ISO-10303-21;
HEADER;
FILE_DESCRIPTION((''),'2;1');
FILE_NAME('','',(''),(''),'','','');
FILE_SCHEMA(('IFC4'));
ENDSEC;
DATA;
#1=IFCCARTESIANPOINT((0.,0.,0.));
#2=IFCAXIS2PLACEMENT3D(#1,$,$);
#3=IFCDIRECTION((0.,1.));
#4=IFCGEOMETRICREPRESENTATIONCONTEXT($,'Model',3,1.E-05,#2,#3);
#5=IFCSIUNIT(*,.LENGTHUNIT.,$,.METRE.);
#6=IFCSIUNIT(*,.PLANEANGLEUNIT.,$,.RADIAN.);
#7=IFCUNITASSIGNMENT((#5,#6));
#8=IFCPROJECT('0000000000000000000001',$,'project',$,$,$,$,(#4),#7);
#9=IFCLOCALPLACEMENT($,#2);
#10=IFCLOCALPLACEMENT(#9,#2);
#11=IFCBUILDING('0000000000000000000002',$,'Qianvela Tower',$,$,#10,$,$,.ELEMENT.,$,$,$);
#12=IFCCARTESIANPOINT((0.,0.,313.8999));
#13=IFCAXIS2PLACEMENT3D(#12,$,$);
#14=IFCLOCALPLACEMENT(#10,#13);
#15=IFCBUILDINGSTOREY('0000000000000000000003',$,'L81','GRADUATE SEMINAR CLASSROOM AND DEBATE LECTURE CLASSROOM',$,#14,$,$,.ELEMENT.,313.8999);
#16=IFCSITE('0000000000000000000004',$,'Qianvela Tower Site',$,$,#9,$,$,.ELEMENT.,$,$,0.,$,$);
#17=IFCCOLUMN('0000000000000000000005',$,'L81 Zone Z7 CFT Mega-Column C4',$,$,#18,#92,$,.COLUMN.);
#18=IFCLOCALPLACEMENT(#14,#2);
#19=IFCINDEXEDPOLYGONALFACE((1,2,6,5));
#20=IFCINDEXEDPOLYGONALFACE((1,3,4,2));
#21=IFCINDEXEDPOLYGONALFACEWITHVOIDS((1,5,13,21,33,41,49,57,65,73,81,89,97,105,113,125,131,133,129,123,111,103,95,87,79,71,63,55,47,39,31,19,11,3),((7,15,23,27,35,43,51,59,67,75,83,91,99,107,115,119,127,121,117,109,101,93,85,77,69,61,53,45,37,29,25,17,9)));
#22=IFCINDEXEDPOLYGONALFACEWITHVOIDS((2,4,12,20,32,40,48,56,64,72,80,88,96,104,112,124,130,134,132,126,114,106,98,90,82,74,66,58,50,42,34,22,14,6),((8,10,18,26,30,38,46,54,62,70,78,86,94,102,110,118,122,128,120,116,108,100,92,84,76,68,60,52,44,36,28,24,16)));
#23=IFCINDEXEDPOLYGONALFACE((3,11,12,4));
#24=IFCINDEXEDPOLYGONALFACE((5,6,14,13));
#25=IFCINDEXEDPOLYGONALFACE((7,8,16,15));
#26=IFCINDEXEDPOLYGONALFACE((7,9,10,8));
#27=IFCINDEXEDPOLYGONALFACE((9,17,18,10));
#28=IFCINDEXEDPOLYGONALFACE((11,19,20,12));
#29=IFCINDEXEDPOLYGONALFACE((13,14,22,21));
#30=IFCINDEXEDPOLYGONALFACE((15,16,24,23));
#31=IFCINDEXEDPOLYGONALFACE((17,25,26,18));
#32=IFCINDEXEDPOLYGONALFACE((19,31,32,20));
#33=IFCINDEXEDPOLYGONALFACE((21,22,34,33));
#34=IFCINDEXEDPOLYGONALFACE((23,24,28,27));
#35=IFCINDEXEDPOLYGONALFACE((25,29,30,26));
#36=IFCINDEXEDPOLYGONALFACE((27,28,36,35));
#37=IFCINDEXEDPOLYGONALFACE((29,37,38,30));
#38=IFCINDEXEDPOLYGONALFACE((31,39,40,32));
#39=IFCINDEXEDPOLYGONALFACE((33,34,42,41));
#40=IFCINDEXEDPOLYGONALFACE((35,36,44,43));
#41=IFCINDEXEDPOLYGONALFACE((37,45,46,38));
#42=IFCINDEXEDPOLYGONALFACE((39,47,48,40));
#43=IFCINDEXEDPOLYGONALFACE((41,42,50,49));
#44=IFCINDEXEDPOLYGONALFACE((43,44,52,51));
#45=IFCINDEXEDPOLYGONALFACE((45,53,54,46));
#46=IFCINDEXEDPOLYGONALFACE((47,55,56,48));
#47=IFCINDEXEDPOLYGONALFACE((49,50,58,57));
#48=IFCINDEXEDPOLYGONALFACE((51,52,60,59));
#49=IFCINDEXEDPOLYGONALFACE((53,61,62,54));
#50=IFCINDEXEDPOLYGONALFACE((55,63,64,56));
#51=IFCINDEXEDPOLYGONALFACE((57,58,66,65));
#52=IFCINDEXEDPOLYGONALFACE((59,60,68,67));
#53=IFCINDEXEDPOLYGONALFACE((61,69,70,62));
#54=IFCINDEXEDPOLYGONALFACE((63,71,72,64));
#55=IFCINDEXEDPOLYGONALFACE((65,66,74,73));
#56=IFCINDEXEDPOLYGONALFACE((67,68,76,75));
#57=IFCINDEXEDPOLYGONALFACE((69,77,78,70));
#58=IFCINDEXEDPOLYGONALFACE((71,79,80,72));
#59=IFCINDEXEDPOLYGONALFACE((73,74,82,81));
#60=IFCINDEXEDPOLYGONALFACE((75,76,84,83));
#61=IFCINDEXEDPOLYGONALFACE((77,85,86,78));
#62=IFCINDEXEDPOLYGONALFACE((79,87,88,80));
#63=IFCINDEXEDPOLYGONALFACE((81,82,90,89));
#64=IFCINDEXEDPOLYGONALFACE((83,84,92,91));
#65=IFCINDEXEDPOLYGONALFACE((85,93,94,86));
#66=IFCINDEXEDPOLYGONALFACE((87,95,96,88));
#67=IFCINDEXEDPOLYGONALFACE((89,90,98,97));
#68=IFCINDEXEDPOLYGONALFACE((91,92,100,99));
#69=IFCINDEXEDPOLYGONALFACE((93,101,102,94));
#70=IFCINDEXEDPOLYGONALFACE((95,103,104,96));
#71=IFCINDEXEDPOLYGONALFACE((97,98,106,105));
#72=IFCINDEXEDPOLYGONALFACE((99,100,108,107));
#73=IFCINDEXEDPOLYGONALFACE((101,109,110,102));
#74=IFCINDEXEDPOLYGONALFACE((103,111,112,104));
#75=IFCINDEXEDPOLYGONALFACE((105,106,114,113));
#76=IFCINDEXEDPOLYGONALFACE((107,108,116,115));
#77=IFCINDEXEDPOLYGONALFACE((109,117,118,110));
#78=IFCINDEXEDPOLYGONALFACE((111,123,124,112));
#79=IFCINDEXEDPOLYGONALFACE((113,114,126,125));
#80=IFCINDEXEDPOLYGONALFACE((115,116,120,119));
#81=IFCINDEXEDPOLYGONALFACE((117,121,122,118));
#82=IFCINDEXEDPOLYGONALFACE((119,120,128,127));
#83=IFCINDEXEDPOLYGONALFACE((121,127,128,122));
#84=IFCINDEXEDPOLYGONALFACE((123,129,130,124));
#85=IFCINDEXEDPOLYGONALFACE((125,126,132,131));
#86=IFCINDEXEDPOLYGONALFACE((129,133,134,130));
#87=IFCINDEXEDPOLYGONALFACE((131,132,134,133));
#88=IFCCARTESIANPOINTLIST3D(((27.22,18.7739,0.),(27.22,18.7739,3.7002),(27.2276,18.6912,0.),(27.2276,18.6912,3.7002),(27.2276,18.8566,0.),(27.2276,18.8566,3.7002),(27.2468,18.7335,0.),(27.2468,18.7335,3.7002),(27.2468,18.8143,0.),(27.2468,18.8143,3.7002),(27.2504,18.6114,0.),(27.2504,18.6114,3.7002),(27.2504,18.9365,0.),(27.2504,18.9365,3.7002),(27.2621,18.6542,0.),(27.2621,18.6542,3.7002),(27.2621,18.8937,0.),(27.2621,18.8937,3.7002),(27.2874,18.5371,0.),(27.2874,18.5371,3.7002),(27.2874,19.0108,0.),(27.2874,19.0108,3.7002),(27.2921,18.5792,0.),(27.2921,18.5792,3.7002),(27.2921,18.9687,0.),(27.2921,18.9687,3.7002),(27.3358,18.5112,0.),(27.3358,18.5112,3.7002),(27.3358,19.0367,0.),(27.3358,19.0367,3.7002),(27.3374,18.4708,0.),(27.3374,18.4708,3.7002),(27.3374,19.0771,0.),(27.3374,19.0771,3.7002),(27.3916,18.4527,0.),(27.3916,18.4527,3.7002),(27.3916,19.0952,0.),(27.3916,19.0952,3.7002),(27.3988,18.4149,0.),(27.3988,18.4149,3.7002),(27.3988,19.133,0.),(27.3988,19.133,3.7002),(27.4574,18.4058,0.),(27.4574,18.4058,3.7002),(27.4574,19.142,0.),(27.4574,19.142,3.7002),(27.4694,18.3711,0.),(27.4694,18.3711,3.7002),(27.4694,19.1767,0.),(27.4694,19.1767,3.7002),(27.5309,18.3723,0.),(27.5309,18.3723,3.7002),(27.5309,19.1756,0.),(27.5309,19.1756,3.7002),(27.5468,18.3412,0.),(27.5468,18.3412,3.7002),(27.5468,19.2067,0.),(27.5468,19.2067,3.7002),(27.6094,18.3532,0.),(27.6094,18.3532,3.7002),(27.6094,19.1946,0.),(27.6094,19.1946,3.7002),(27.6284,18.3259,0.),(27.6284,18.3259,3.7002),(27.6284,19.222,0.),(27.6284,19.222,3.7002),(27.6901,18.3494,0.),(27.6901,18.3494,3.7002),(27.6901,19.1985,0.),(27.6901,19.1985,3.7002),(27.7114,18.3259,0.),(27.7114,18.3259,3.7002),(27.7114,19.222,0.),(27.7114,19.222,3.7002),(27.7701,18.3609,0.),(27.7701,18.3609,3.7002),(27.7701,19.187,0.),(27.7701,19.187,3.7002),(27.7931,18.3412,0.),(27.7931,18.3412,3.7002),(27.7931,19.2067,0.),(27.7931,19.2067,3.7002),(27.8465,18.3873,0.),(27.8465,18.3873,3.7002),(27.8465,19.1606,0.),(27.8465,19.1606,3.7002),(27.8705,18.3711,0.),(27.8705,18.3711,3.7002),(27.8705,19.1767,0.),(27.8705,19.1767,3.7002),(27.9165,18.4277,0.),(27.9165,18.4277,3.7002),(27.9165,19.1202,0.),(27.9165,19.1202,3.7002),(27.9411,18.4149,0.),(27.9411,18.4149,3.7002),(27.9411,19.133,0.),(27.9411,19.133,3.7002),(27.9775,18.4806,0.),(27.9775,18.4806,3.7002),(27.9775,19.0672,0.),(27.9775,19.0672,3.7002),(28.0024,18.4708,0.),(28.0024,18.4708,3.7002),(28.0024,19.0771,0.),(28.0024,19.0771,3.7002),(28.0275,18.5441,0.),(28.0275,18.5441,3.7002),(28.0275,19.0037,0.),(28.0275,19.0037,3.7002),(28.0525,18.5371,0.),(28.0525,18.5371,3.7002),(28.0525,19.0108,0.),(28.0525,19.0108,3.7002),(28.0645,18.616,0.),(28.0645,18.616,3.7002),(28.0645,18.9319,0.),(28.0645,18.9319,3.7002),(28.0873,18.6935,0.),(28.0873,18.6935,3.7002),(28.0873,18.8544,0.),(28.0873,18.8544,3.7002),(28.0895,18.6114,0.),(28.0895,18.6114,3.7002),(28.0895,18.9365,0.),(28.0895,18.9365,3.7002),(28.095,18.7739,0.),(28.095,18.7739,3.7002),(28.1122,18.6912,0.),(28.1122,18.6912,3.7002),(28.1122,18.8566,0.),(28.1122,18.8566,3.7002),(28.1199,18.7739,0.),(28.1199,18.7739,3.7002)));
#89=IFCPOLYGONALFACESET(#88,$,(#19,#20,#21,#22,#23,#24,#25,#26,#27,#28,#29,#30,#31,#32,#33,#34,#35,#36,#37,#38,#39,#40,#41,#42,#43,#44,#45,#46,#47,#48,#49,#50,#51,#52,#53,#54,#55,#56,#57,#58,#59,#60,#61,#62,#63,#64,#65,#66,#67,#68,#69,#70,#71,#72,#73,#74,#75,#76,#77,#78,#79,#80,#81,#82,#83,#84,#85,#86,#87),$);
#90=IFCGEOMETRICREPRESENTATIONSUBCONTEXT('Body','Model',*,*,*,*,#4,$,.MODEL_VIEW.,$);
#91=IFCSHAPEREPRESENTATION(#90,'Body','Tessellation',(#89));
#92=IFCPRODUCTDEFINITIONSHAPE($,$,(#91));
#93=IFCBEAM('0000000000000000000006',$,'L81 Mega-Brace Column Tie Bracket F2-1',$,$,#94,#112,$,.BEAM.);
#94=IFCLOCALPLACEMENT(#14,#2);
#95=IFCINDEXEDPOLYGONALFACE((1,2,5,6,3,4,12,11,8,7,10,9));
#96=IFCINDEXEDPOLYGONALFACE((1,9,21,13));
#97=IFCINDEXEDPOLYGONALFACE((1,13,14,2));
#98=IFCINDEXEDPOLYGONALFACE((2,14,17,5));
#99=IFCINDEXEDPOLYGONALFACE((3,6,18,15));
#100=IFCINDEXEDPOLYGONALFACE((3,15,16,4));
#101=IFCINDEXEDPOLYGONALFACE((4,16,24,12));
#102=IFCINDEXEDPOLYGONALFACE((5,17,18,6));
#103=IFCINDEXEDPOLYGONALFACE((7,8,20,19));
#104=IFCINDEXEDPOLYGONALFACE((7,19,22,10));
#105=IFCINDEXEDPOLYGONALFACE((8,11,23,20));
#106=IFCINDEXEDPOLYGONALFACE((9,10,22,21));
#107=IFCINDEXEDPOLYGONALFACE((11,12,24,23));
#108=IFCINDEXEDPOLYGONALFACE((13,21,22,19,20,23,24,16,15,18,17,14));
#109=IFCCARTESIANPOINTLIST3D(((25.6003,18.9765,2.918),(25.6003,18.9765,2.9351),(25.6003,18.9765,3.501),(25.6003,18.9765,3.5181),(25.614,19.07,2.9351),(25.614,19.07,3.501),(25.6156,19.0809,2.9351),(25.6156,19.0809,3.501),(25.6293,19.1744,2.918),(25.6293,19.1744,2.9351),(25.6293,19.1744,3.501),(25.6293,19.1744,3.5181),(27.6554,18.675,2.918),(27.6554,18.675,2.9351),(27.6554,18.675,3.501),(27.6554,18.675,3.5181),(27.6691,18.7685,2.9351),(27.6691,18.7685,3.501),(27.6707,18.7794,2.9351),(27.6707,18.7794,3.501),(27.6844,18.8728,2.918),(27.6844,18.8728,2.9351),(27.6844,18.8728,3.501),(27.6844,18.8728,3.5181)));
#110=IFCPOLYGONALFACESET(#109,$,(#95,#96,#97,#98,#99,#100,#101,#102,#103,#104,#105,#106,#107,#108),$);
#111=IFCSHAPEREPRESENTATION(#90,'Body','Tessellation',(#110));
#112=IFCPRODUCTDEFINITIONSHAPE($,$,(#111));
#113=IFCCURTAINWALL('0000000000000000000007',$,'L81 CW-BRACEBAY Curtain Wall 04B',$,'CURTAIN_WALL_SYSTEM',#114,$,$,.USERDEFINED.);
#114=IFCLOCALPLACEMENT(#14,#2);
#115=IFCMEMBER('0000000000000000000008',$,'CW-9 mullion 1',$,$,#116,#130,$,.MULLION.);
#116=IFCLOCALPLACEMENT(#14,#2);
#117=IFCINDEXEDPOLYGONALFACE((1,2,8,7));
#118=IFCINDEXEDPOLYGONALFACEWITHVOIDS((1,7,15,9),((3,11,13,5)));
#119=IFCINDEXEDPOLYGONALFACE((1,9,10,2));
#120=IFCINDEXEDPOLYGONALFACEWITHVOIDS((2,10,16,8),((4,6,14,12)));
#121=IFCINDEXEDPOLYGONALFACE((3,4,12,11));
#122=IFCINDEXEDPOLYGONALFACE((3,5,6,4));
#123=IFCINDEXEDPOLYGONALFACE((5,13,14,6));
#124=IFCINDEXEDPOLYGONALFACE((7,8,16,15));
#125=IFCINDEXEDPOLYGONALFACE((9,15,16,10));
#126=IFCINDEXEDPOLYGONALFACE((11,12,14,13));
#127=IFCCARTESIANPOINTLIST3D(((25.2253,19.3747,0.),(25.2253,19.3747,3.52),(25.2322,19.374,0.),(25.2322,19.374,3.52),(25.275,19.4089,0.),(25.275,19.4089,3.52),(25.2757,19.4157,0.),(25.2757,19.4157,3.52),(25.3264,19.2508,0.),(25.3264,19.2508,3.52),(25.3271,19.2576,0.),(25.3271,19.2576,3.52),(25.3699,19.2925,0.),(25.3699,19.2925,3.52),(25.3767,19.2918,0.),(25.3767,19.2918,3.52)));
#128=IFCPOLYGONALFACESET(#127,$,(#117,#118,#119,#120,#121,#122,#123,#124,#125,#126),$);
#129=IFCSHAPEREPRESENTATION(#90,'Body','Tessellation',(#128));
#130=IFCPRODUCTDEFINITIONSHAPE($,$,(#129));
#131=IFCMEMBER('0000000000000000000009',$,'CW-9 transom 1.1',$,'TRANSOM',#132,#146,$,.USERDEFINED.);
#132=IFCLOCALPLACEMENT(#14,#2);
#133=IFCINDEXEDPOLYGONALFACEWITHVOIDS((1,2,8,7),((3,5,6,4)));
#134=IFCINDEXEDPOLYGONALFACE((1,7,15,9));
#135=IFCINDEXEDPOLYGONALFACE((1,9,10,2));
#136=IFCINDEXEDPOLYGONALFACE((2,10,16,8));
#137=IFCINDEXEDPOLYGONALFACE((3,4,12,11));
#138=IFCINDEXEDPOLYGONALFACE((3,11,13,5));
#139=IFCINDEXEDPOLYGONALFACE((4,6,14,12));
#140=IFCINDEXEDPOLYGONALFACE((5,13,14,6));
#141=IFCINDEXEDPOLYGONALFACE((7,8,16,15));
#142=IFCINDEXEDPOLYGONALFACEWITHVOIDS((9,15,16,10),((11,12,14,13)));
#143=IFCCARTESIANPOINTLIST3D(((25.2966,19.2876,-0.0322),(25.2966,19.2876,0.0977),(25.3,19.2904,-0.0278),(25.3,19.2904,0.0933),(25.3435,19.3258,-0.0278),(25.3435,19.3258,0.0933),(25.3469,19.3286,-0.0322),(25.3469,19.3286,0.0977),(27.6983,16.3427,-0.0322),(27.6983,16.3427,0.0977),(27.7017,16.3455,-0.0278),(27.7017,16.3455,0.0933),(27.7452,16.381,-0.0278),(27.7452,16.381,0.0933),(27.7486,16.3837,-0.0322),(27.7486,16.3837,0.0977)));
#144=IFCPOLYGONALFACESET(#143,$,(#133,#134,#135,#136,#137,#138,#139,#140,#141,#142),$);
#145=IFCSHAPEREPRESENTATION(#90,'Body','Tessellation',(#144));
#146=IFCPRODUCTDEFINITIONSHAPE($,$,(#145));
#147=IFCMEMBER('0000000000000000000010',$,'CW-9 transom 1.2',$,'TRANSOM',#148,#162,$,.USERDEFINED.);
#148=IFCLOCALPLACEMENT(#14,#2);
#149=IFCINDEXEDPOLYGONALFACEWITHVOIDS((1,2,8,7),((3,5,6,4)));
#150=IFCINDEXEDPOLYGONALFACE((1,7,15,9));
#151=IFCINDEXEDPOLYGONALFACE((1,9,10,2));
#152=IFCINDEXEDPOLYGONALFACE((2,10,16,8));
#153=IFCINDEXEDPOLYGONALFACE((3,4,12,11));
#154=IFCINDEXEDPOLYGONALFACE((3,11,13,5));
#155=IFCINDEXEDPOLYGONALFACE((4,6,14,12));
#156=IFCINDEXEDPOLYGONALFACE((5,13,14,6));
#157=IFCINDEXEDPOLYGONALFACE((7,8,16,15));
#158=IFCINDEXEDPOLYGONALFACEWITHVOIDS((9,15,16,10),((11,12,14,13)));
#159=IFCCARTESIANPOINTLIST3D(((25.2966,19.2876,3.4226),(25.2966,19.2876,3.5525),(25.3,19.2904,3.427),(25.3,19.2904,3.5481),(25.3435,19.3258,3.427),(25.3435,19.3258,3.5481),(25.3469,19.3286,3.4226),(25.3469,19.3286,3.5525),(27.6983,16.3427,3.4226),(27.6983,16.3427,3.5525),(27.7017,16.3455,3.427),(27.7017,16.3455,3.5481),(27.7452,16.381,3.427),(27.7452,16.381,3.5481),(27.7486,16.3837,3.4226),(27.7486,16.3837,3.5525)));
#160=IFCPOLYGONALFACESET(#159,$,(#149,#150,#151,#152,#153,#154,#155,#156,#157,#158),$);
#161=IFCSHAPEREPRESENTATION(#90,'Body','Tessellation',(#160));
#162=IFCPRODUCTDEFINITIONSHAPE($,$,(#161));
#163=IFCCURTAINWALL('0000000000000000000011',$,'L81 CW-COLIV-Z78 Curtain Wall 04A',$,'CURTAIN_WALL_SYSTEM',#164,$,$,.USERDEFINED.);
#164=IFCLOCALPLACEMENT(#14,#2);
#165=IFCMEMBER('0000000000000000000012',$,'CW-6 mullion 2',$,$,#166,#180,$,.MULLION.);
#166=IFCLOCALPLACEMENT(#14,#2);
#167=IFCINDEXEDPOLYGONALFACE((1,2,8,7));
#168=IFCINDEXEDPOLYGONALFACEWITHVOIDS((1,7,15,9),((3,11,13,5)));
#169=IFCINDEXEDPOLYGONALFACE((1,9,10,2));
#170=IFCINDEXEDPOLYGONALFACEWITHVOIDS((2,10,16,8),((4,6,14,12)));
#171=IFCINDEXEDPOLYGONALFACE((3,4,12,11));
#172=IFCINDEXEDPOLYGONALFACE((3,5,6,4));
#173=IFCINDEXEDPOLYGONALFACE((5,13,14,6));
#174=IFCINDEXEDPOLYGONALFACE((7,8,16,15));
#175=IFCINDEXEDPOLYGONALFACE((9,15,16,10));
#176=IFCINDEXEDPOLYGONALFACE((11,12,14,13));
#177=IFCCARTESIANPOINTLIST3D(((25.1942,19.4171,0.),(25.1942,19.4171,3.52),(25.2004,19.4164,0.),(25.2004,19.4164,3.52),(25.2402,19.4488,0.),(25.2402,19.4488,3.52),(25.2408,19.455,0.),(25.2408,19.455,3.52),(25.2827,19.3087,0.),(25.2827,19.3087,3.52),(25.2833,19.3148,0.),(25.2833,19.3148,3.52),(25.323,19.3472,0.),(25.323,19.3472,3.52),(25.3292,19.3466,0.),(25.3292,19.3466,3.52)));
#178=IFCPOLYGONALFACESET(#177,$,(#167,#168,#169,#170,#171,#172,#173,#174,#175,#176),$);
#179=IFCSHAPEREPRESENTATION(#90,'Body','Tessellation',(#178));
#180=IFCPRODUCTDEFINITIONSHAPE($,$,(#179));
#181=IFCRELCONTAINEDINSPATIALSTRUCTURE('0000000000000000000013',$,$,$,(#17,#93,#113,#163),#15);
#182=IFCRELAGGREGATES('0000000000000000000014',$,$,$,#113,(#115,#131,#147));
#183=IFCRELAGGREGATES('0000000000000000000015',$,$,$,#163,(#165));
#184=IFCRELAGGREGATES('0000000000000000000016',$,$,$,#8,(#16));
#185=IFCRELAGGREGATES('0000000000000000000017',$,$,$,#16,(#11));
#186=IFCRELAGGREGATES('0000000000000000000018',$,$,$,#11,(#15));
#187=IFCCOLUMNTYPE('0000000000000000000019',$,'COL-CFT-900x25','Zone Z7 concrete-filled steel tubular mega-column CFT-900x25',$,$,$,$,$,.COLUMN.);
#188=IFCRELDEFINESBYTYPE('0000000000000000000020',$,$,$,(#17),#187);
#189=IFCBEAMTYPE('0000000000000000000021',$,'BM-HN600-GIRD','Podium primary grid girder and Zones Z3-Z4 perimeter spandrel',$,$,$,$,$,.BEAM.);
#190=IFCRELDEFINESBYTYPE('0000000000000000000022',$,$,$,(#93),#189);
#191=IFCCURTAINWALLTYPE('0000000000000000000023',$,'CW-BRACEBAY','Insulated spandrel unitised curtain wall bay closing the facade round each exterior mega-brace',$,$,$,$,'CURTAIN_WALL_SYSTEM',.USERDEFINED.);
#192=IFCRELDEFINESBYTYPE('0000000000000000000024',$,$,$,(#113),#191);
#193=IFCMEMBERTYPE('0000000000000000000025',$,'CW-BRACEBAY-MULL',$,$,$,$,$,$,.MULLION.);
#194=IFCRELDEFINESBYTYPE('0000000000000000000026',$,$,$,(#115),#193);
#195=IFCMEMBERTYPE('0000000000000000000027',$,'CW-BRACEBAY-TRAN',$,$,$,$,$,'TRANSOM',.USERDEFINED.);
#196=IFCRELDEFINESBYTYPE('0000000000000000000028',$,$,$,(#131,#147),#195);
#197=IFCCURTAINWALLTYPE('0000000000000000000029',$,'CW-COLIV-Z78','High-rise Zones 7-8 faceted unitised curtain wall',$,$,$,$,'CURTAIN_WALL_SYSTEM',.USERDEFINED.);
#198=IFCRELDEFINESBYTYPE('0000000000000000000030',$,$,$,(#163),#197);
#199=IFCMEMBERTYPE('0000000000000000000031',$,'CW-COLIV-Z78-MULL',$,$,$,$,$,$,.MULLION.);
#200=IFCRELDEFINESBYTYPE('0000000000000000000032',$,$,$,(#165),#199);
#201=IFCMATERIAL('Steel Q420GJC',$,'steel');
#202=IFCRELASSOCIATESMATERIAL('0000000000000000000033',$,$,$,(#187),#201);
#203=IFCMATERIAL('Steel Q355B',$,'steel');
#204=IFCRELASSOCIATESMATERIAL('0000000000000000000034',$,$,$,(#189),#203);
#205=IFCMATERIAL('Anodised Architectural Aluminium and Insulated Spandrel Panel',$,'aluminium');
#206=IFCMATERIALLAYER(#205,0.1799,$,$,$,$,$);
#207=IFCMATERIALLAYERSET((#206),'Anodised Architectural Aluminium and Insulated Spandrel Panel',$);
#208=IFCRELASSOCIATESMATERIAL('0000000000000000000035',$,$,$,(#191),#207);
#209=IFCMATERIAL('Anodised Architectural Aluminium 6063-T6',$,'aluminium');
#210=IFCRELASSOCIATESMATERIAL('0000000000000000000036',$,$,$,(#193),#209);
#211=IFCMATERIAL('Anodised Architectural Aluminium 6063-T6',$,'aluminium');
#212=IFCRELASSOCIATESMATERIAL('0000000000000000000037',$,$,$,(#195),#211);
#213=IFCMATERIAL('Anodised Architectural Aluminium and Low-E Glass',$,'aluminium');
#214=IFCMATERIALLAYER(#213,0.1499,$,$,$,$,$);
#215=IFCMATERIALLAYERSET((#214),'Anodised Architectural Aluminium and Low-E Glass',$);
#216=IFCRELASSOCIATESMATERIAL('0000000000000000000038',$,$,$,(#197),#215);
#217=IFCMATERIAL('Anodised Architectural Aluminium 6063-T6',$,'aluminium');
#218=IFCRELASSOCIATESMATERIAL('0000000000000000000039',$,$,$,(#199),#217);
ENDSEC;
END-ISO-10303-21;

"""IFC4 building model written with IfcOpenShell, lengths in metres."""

from ifc_helpers import new_model, si_unit, direction, frame, origin, origin_2d, place, context, subcontext, project, spatial, hollow_rectangle, hollow_circle, i_section, extrude, material, layer, layer_set, material_profile, profile_set, type_object, element, aggregate, save


model = new_model("IFC4")

# Units and contexts
model_context = context("Model", 3, precision=1e-05, world=origin(), true_north=direction((0.0, 1.0)))
body_context = subcontext(model_context, "Body", "Model", "MODEL_VIEW")
ifc_project = project(units=[si_unit("LENGTHUNIT", "METRE"), si_unit("PLANEANGLEUNIT", "RADIAN")], contexts=[model_context])

# Site, building, storey
site_placement = place(None, origin())
site = spatial("IfcSite", under=ifc_project, at=site_placement, Name="Qianvela Tower Site", CompositionType="ELEMENT", RefElevation=0.0)
building_placement = place(site_placement, origin())
building = spatial("IfcBuilding", under=site, at=building_placement, Name="Qianvela Tower", CompositionType="ELEMENT")
storey_placement = place(building_placement, frame((0.0, 0.0, 313.8999)))
storey = spatial("IfcBuildingStorey", under=building, at=storey_placement, Name="L81", Description="GRADUATE SEMINAR CLASSROOM AND DEBATE LECTURE CLASSROOM", CompositionType="ELEMENT", Elevation=313.8999)

# Column
ifc_material_1 = material(Name="Steel Q420GJC", Category="steel")
ifc_material_profile_1 = material_profile(ifc_material_1, hollow_circle(Radius=0.45, WallThickness=0.0249, at=origin_2d()), Name="CFT-900x25")
ifc_profile_set_1 = profile_set([ifc_material_profile_1], Name="Steel Q420GJC")
column_type = type_object("IfcColumnType", Name="COL-CFT-900x25", Description="Zone Z7 concrete-filled steel tubular mega-column CFT-900x25", PredefinedType="COLUMN", material=ifc_profile_set_1)
column_placement = place(storey_placement, frame((27.6699, 18.7739, 0.0), z_axis=(0.0, 0.0, 1.0), x_axis=(1.0, 0.0, 0.0)))
element("IfcColumn", 1, at=column_placement, inside=storey, type_object=column_type, Name="L81 Zone Z7 CFT Mega-Column C4", PredefinedType="COLUMN", context=body_context, shape_type="SweptSolid", body=[
    extrude(hollow_circle(Radius=0.45, WallThickness=0.0249, at=origin_2d()), origin(), (0.0, 0.0, 1.0), 3.7002),
])

# Beam
ifc_material_2 = material(Name="Steel Q355B", Category="steel")
ifc_material_profile_2 = material_profile(ifc_material_2, i_section(OverallWidth=0.2, OverallDepth=0.6001, WebThickness=0.011, FlangeThickness=0.0171, at=origin_2d()), Name="HN600x200x11x17")
ifc_profile_set_2 = profile_set([ifc_material_profile_2], Name="Steel Q355B")
beam_type = type_object("IfcBeamType", Name="BM-HN600-GIRD", Description="Podium primary grid girder and Zones Z3-Z4 perimeter spandrel", PredefinedType="BEAM", material=ifc_profile_set_2)
beam_placement = place(storey_placement, frame((27.6699, 18.7739, 3.218), z_axis=(-0.989409, 0.145156, 0.0), x_axis=(-0.145156, -0.989409, 0.0)))
element("IfcBeam", 2, at=beam_placement, inside=storey, type_object=beam_type, Name="L81 Mega-Brace Column Tie Bracket F2-1", PredefinedType="BEAM", context=body_context, shape_type="SweptSolid", body=[
    extrude(i_section(OverallWidth=0.2, OverallDepth=0.6001, WebThickness=0.011, FlangeThickness=0.0171, at=origin_2d()), origin(), (0.0, 0.0, 1.0), 2.0771),
])

# Curtain wall, members
ifc_material_3 = material(Name="Anodised Architectural Aluminium and Insulated Spandrel Panel", Category="aluminium")
ifc_layer_1 = layer(ifc_material_3, 0.1799)
ifc_layer_set_1 = layer_set([ifc_layer_1], Name="Anodised Architectural Aluminium and Insulated Spandrel Panel")
curtain_wall_type_1 = type_object("IfcCurtainWallType", Name="CW-BRACEBAY", Description="Insulated spandrel unitised curtain wall bay closing the facade round each exterior mega-brace", ElementType="CURTAIN_WALL_SYSTEM", PredefinedType="USERDEFINED", material=ifc_layer_set_1)
curtain_wall_1_placement = place(storey_placement, origin())
curtain_wall_1 = element("IfcCurtainWall", 3, at=curtain_wall_1_placement, inside=storey, type_object=curtain_wall_type_1, Name="L81 CW-BRACEBAY Curtain Wall 04B", ObjectType="CURTAIN_WALL_SYSTEM", PredefinedType="USERDEFINED")
ifc_material_4 = material(Name="Anodised Architectural Aluminium 6063-T6", Category="aluminium")
ifc_material_profile_3 = material_profile(ifc_material_4, hollow_rectangle(XDim=0.0649, YDim=0.1599, WallThickness=0.0049, at=origin_2d()), Name="ALU-MULL-65x160")
ifc_profile_set_3 = profile_set([ifc_material_profile_3], Name="Anodised Architectural Aluminium 6063-T6")
member_type_1 = type_object("IfcMemberType", Name="CW-BRACEBAY-MULL", PredefinedType="MULLION", material=ifc_profile_set_3)
member_1_placement = place(storey_placement, frame((25.301, 19.3333, 0.0), z_axis=(0.0, 0.0, 1.0), x_axis=(0.774961, 0.632009, 0.0)))
member_1 = element("IfcMember", 4, at=member_1_placement, type_object=member_type_1, Name="CW-9 mullion 1", PredefinedType="MULLION", context=body_context, shape_type="SweptSolid", body=[
    extrude(hollow_rectangle(XDim=0.0649, YDim=0.1599, WallThickness=0.0049, at=origin_2d()), origin(), (0.0, 0.0, 1.0), 3.52),
])
ifc_material_5 = material(Name="Anodised Architectural Aluminium 6063-T6", Category="aluminium")
ifc_material_profile_4 = material_profile(ifc_material_5, hollow_rectangle(XDim=0.0649, YDim=0.1299, WallThickness=0.0044, at=origin_2d()), Name="ALU-TRAN-65x130")
ifc_profile_set_4 = profile_set([ifc_material_profile_4], Name="Anodised Architectural Aluminium 6063-T6")
member_type_2 = type_object("IfcMemberType", Name="CW-BRACEBAY-TRAN", ElementType="TRANSOM", PredefinedType="USERDEFINED", material=ifc_profile_set_4)
member_2_placement = place(storey_placement, frame((25.3218, 19.3081, 0.0327), z_axis=(0.632009, -0.774961, 0.0), x_axis=(0.774961, 0.632009, 0.0)))
member_2 = element("IfcMember", 5, at=member_2_placement, type_object=member_type_2, Name="CW-9 transom 1.1", ObjectType="TRANSOM", PredefinedType="USERDEFINED", context=body_context, shape_type="SweptSolid", body=[
    extrude(hollow_rectangle(XDim=0.0649, YDim=0.1299, WallThickness=0.0044, at=origin_2d()), origin(), (0.0, 0.0, 1.0), 3.8),
])
member_3_placement = place(storey_placement, frame((25.3218, 19.3081, 3.4875), z_axis=(0.632009, -0.774961, 0.0), x_axis=(0.774961, 0.632009, 0.0)))
member_3 = element("IfcMember", 6, at=member_3_placement, type_object=member_type_2, Name="CW-9 transom 1.2", ObjectType="TRANSOM", PredefinedType="USERDEFINED", context=body_context, shape_type="SweptSolid", body=[
    extrude(hollow_rectangle(XDim=0.0649, YDim=0.1299, WallThickness=0.0044, at=origin_2d()), origin(), (0.0, 0.0, 1.0), 3.8),
])

# Curtain wall, member
ifc_material_6 = material(Name="Anodised Architectural Aluminium and Low-E Glass", Category="aluminium")
ifc_layer_2 = layer(ifc_material_6, 0.1499)
ifc_layer_set_2 = layer_set([ifc_layer_2], Name="Anodised Architectural Aluminium and Low-E Glass")
curtain_wall_type_2 = type_object("IfcCurtainWallType", Name="CW-COLIV-Z78", Description="High-rise Zones 7-8 faceted unitised curtain wall", ElementType="CURTAIN_WALL_SYSTEM", PredefinedType="USERDEFINED", material=ifc_layer_set_2)
curtain_wall_2_placement = place(storey_placement, origin())
curtain_wall_2 = element("IfcCurtainWall", 7, at=curtain_wall_2_placement, inside=storey, type_object=curtain_wall_type_2, Name="L81 CW-COLIV-Z78 Curtain Wall 04A", ObjectType="CURTAIN_WALL_SYSTEM", PredefinedType="USERDEFINED")
ifc_material_7 = material(Name="Anodised Architectural Aluminium 6063-T6", Category="aluminium")
ifc_material_profile_5 = material_profile(ifc_material_7, hollow_rectangle(XDim=0.0601, YDim=0.1399, WallThickness=0.0044, at=origin_2d()), Name="ALU-MULL-60x140")
ifc_profile_set_5 = profile_set([ifc_material_profile_5], Name="Anodised Architectural Aluminium 6063-T6")
member_type_3 = type_object("IfcMemberType", Name="CW-COLIV-Z78-MULL", PredefinedType="MULLION", material=ifc_profile_set_5)
member_4_placement = place(storey_placement, frame((25.2617, 19.3818, 0.0), z_axis=(0.0, 0.0, 1.0), x_axis=(0.774944, 0.63203, 0.0)))
member_4 = element("IfcMember", 8, at=member_4_placement, type_object=member_type_3, Name="CW-6 mullion 2", PredefinedType="MULLION", context=body_context, shape_type="SweptSolid", body=[
    extrude(hollow_rectangle(XDim=0.0601, YDim=0.1399, WallThickness=0.0044, at=origin_2d()), origin(), (0.0, 0.0, 1.0), 3.52),
])

aggregate(curtain_wall_1, [member_1, member_2, member_3])
aggregate(curtain_wall_2, [member_4])

save(model, "model.ifc")
